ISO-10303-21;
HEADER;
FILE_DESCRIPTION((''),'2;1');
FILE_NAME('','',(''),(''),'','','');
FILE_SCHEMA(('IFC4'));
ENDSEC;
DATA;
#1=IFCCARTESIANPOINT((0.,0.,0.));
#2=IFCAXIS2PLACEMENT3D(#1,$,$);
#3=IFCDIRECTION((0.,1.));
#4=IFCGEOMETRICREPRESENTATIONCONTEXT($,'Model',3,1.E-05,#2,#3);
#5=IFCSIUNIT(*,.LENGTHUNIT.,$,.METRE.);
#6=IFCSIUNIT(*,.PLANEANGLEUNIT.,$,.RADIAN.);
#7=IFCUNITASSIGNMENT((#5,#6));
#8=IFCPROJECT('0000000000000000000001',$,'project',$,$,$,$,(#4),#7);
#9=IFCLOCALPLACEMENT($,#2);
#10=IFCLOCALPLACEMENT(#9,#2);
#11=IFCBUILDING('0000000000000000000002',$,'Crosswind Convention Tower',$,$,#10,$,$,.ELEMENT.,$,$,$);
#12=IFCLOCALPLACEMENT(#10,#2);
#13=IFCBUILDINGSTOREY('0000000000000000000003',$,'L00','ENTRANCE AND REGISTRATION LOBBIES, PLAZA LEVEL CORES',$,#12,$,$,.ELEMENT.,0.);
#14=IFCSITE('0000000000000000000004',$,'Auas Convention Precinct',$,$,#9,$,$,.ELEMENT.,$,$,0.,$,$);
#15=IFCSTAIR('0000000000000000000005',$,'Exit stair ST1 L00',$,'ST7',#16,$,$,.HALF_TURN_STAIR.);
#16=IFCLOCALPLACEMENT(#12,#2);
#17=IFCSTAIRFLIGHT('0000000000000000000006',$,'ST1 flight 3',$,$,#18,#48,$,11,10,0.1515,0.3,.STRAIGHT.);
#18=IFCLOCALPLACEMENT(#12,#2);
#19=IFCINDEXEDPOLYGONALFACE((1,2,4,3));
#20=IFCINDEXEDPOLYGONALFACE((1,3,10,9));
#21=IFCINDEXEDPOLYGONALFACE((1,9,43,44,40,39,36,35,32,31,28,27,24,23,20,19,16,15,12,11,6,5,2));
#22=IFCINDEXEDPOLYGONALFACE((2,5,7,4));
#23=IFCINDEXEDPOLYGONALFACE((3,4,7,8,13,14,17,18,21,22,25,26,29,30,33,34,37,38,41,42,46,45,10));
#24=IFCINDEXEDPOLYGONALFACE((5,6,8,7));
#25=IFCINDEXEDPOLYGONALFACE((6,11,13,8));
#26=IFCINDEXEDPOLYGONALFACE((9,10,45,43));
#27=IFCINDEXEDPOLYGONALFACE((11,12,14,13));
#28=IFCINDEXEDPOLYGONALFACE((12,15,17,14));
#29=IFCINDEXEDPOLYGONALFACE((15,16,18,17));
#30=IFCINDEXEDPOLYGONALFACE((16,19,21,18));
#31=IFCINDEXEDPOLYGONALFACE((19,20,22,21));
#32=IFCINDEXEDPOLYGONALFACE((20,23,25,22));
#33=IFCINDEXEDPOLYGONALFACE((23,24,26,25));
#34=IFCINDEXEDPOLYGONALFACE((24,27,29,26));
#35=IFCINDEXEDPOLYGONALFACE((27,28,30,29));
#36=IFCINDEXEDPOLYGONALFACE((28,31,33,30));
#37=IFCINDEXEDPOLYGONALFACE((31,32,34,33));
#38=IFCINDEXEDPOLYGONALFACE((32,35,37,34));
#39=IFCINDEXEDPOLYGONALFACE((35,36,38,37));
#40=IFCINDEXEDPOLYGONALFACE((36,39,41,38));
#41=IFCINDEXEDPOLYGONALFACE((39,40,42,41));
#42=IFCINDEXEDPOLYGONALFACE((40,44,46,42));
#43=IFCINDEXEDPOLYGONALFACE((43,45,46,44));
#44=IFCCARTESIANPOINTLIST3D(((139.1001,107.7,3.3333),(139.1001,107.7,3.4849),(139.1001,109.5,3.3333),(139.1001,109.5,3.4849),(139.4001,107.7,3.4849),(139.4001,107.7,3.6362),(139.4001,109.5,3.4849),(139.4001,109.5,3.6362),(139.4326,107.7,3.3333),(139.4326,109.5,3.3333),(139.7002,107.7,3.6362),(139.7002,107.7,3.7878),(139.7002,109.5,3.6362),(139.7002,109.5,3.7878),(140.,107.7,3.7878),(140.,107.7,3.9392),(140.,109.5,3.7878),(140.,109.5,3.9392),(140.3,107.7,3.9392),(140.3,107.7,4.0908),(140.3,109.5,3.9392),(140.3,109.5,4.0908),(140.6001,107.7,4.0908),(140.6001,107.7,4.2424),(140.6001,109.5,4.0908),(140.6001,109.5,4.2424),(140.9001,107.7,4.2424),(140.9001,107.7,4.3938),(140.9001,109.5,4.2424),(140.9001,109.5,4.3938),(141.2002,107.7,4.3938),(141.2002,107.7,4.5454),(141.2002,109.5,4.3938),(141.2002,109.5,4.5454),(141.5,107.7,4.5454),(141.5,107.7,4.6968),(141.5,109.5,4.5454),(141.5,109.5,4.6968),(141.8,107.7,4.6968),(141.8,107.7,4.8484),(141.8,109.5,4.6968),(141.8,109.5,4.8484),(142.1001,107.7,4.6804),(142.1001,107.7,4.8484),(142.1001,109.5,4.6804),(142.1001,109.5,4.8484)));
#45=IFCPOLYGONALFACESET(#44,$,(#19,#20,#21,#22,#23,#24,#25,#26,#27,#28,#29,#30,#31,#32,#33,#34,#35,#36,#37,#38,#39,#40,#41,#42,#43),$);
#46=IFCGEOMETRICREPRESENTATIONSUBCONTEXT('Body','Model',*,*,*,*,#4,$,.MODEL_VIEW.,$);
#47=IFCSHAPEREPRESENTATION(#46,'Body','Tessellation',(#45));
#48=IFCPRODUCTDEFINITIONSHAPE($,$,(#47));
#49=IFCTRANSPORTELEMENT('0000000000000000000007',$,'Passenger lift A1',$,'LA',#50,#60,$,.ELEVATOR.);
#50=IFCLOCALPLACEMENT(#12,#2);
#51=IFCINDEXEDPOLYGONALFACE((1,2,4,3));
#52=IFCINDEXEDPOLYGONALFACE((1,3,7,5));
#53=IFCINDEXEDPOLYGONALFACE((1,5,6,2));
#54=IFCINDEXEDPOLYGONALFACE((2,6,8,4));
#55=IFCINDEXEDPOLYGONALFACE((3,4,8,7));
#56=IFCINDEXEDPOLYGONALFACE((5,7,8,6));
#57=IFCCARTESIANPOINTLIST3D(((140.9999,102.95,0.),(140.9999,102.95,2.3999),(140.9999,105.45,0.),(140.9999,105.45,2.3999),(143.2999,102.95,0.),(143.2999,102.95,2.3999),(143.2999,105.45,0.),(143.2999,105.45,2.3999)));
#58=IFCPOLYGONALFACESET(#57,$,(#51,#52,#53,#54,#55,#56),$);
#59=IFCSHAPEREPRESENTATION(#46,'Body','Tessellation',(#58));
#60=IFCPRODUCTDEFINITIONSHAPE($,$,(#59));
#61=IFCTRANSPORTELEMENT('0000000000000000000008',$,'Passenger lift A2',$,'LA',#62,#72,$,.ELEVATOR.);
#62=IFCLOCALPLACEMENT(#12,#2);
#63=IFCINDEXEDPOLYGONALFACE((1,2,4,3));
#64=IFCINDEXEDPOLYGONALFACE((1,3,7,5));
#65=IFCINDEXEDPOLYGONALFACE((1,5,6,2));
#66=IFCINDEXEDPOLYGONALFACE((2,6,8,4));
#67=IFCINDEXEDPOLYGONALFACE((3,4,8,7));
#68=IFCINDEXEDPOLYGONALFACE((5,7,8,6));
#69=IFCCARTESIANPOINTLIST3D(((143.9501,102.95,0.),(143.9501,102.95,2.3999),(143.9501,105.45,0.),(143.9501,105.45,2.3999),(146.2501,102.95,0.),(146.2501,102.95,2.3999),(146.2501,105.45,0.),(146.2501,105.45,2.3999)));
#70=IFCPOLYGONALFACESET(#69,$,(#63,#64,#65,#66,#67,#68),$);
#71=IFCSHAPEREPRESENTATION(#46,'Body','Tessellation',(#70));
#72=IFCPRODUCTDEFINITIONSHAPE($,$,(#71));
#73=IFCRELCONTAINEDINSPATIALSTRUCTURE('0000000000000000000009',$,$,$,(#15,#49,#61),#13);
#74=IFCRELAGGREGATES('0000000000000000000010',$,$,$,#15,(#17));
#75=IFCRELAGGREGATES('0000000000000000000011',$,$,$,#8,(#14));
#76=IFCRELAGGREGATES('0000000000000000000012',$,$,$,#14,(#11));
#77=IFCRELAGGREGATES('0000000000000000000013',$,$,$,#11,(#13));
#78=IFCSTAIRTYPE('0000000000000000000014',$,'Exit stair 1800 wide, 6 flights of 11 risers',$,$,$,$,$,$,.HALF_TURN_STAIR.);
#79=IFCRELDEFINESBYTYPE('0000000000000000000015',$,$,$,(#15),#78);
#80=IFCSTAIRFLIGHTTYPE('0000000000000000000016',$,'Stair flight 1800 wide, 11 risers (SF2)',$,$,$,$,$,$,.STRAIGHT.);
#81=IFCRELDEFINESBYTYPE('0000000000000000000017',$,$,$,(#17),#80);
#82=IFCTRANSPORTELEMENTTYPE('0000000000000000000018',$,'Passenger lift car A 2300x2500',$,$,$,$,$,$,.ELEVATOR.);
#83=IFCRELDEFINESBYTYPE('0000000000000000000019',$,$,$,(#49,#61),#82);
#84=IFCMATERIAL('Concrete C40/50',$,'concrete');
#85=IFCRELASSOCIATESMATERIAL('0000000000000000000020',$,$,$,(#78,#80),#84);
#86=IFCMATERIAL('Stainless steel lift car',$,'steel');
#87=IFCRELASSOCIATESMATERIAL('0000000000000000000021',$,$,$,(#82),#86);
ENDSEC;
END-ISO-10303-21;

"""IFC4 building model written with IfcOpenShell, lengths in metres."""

from ifc_helpers import new_model, si_unit, direction, frame, origin, origin_2d, place, context, subcontext, project, spatial, polyline, rectangle, outline, extrude, material, type_object, element, aggregate, save


model = new_model("IFC4")

# Units and contexts
model_context = context("Model", 3, precision=1e-05, world=origin(), true_north=direction((0.0, 1.0)))
body_context = subcontext(model_context, "Body", "Model", "MODEL_VIEW")
ifc_project = project(units=[si_unit("LENGTHUNIT", "METRE"), si_unit("PLANEANGLEUNIT", "RADIAN")], contexts=[model_context])

# Site, building, storey
site_placement = place(None, origin())
site = spatial("IfcSite", under=ifc_project, at=site_placement, Name="Auas Convention Precinct", CompositionType="ELEMENT", RefElevation=0.0)
building_placement = place(site_placement, origin())
building = spatial("IfcBuilding", under=site, at=building_placement, Name="Crosswind Convention Tower", CompositionType="ELEMENT")
storey_placement = place(building_placement, origin())
storey = spatial("IfcBuildingStorey", under=building, at=storey_placement, Name="L00", Description="ENTRANCE AND REGISTRATION LOBBIES, PLAZA LEVEL CORES", CompositionType="ELEMENT", Elevation=0.0)

# Shared definitions
ifc_material_1 = material(Name="Concrete C40/50", Category="concrete")

# Stair, stair flight
stair_type = type_object("IfcStairType", Name="Exit stair 1800 wide, 6 flights of 11 risers", PredefinedType="HALF_TURN_STAIR", material=ifc_material_1)
stair_placement = place(storey_placement, origin())
stair = element("IfcStair", 1, at=stair_placement, inside=storey, type_object=stair_type, Name="Exit stair ST1 L00", ObjectType="ST7", PredefinedType="HALF_TURN_STAIR")
stair_flight_type = type_object("IfcStairFlightType", Name="Stair flight 1800 wide, 11 risers (SF2)", PredefinedType="STRAIGHT", material=ifc_material_1)
stair_flight_1_placement = place(storey_placement, frame((139.1001, 108.6001, 3.3333), z_axis=(0.0, 0.0, 1.0), x_axis=(1.0, 0.0, 0.0)))
stair_flight_1 = element("IfcStairFlight", 2, at=stair_flight_1_placement, type_object=stair_flight_type, Name="ST1 flight 3", NumberOfRisers=11, NumberOfTreads=10, PredefinedType="STRAIGHT", RiserHeight=0.1515, TreadLength=0.3, context=body_context, shape_type="SweptSolid", body=[
    extrude(outline(polyline([(0.0, 0.0), (0.0, 0.1516), (0.3, 0.1516), (0.3, 0.303), (0.6001, 0.303), (0.6001, 0.4546), (0.8999, 0.4546), (0.8999, 0.606), (1.2, 0.606), (1.2, 0.7576), (1.5, 0.7576), (1.5, 0.9092), (1.8, 0.9092), (1.8, 1.0605), (2.1001, 1.0605), (2.1001, 1.2122), (2.3999, 1.2122), (2.3999, 1.3635), (2.7, 1.3635), (2.7, 1.5151), (3.0, 1.5151), (3.0, 1.6667), (3.0, 1.3472), (0.3325, 0.0), (0.0, 0.0)])), frame((0.0, 0.8999, 0.0), z_axis=(0.0, -1.0, 0.0), x_axis=(1.0, 0.0, 0.0)), (0.0, 0.0, 1.0), 1.8),
])
aggregate(stair, [stair_flight_1])

# Transport elements
ifc_material_2 = material(Name="Stainless steel lift car", Category="steel")
transport_element_type = type_object("IfcTransportElementType", Name="Passenger lift car A 2300x2500", PredefinedType="ELEVATOR", material=ifc_material_2)
for number, where, z_axis, x_axis, name in (
    (3, (142.1499, 104.2, 0.0), (0.0, 0.0, 1.0), (1.0, 0.0, 0.0), "Passenger lift A1"),
    (4, (145.1001, 104.2, 0.0), (0.0, 0.0, 1.0), (1.0, 0.0, 0.0), "Passenger lift A2"),
):
    element("IfcTransportElement", number, at=place(storey_placement, frame(where, z_axis=z_axis, x_axis=x_axis)), inside=storey, type_object=transport_element_type, Name=name, ObjectType="LA", PredefinedType="ELEVATOR", context=body_context, shape_type="SweptSolid", body=[
        extrude(rectangle(XDim=2.3, YDim=2.5, at=origin_2d()), origin(), (0.0, 0.0, 1.0), 2.3999),
    ])

save(model, "model.ifc")
